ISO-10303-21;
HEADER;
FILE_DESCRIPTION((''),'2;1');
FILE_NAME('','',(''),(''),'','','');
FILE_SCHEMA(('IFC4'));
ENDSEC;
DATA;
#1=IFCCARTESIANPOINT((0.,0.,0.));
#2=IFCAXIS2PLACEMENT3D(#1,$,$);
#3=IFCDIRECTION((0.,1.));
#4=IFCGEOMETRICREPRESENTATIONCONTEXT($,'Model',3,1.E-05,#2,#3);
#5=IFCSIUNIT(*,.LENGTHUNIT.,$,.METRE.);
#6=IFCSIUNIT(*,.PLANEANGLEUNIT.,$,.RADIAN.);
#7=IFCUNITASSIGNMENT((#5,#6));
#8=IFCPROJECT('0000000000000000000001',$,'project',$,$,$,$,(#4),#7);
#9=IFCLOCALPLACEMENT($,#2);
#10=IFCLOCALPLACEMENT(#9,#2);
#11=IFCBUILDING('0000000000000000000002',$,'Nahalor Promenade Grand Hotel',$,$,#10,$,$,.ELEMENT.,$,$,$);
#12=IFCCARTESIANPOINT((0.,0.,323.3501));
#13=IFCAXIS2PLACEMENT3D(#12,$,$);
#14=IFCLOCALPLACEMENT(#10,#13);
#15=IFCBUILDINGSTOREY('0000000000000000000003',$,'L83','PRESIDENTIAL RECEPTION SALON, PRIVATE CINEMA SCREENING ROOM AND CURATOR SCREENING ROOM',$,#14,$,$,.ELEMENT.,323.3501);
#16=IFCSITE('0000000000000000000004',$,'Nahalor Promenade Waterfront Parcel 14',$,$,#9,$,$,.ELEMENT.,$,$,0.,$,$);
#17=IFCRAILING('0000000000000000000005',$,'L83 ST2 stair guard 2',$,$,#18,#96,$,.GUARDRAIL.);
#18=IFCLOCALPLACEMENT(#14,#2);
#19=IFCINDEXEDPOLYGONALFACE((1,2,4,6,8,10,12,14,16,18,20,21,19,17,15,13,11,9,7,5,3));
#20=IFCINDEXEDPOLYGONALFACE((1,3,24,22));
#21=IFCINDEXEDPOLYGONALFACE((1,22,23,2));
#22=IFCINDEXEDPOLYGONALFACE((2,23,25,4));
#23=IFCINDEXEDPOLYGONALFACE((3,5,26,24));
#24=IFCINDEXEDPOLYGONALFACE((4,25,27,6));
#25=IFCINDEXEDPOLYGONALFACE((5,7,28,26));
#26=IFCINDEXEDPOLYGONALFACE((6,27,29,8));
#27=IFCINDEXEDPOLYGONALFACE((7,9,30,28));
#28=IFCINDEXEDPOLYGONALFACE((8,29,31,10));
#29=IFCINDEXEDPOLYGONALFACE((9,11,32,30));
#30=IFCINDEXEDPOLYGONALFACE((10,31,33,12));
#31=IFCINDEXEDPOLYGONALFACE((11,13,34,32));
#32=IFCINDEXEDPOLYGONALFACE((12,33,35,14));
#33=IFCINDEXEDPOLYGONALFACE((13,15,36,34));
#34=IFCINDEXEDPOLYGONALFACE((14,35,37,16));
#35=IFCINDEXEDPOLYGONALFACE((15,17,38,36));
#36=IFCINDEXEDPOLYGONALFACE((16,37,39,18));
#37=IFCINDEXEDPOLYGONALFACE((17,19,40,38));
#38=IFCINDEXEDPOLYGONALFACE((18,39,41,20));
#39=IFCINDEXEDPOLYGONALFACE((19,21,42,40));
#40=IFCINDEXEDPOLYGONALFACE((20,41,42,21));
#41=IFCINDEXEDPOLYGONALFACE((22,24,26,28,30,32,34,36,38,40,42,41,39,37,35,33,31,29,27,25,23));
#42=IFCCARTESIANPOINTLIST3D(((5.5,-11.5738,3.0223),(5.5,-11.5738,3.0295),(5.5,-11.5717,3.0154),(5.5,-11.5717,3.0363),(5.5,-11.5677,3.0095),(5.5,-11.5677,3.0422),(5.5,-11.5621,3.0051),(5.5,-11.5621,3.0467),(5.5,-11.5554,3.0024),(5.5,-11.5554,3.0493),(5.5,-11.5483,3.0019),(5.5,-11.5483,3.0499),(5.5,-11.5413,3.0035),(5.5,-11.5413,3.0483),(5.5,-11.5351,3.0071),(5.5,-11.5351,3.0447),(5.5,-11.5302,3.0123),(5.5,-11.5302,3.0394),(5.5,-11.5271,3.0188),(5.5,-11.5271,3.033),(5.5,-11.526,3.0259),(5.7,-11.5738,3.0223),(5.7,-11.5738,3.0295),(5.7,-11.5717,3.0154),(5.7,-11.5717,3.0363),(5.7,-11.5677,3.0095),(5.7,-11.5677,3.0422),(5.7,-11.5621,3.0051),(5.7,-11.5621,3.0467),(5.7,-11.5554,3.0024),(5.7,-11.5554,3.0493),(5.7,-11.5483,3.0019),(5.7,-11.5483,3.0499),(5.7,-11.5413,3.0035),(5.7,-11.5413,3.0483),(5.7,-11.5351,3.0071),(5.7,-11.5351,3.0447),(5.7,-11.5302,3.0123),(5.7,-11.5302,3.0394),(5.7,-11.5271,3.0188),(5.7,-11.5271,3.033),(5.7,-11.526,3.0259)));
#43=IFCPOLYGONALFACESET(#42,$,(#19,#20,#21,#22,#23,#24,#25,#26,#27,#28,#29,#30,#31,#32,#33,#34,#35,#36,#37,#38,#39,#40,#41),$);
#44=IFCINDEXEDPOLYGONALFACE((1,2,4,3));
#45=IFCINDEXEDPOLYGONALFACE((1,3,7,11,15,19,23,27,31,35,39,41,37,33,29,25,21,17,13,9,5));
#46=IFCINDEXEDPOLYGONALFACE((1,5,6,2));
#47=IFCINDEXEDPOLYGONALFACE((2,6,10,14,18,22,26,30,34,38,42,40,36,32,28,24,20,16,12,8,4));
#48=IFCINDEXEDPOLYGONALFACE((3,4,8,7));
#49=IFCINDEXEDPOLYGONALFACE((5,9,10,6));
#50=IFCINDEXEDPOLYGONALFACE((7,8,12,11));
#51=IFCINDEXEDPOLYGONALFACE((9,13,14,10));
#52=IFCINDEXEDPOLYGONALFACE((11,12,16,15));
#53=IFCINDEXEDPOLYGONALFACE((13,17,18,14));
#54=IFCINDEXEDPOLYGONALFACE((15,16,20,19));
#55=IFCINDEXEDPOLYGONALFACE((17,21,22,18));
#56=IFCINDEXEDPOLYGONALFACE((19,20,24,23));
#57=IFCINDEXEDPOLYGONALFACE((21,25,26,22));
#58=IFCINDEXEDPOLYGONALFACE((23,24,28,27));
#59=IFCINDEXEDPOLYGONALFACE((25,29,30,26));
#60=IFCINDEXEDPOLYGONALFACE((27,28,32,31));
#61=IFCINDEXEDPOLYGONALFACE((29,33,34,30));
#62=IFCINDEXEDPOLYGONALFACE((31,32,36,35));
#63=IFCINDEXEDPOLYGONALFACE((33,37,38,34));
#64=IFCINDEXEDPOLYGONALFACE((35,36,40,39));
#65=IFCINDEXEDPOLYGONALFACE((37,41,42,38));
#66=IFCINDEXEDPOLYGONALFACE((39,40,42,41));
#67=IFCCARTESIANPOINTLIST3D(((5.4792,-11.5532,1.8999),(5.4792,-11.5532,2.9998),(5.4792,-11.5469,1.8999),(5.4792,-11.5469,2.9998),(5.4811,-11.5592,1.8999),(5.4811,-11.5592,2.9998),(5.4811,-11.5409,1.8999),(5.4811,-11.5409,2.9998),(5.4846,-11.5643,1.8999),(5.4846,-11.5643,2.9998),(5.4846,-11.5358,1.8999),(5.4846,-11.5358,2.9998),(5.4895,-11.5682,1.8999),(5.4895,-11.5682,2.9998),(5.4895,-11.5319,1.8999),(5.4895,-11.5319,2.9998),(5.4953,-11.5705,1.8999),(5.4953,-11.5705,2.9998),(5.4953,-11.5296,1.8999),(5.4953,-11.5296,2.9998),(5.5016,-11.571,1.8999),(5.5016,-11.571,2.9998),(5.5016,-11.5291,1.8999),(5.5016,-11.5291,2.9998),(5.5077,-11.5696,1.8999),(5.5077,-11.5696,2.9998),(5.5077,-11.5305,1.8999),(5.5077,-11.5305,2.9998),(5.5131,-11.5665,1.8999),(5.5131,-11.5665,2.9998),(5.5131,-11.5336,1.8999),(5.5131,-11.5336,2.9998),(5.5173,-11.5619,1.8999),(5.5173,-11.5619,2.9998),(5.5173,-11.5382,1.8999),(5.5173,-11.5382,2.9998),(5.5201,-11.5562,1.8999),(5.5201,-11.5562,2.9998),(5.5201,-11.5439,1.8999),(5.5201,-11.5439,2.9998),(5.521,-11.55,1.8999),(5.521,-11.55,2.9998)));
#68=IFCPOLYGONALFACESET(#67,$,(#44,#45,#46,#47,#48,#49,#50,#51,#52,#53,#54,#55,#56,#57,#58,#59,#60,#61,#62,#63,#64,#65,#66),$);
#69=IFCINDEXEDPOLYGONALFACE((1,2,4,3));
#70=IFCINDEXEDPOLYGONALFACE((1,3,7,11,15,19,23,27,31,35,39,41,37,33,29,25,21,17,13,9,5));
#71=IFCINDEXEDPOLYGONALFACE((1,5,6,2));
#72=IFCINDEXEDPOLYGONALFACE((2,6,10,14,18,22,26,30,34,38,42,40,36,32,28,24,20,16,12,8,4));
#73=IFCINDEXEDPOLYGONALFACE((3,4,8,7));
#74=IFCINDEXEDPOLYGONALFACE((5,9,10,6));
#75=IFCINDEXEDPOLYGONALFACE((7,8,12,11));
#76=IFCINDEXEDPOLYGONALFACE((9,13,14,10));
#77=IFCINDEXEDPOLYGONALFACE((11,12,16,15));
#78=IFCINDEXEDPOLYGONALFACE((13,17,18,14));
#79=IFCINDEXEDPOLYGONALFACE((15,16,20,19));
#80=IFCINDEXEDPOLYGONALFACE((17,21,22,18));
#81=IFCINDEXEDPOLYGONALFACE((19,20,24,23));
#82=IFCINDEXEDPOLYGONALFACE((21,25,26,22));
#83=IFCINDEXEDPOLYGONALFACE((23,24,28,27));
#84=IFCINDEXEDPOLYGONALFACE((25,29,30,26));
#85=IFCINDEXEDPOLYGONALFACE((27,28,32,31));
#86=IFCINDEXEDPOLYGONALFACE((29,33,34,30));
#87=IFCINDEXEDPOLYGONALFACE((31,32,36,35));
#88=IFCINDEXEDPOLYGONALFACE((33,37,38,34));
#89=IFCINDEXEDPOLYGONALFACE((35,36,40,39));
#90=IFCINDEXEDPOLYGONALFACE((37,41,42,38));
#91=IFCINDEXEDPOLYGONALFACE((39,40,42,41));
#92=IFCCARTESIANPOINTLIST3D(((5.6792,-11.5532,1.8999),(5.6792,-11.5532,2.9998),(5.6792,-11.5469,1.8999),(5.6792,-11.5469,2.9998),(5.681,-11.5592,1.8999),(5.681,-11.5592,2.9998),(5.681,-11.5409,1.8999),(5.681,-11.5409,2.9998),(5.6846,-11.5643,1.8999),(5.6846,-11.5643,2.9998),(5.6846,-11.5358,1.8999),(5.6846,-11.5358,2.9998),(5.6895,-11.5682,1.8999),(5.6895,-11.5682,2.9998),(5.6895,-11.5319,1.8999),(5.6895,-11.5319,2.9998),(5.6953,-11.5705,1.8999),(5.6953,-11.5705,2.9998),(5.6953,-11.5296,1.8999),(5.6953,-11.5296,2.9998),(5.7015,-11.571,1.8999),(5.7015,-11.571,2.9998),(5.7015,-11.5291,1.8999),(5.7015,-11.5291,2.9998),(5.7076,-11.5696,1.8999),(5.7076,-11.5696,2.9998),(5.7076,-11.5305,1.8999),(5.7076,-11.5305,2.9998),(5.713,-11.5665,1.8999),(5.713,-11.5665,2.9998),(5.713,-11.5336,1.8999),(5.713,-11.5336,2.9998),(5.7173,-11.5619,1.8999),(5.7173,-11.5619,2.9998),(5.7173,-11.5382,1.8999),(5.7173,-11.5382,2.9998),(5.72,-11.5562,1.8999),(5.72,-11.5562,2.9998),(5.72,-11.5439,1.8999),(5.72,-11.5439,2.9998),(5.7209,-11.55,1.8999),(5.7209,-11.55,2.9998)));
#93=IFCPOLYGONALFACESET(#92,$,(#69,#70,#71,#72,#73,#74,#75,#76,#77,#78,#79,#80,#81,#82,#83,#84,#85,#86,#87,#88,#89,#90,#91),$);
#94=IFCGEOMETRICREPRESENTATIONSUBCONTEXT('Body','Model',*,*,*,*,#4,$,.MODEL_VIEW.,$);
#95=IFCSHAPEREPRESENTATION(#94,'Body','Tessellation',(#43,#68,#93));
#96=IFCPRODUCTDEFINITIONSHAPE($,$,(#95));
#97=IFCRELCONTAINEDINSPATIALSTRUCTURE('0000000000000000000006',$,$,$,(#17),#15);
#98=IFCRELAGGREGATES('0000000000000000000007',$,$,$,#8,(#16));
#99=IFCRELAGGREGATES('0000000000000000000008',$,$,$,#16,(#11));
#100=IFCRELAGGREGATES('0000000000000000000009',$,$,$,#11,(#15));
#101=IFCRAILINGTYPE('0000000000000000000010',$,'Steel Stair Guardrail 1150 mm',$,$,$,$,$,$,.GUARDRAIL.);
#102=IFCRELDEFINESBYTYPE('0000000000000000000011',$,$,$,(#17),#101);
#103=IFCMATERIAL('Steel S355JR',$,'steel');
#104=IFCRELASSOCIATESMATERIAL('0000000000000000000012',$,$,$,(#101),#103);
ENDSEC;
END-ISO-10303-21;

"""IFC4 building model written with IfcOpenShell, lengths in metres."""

from ifc_helpers import new_model, si_unit, direction, frame, origin, origin_2d, place, context, subcontext, project, spatial, circle, extrude, material, type_object, element, save


model = new_model("IFC4")

# Units and contexts
model_context = context("Model", 3, precision=1e-05, world=origin(), true_north=direction((0.0, 1.0)))
body_context = subcontext(model_context, "Body", "Model", "MODEL_VIEW")
ifc_project = project(units=[si_unit("LENGTHUNIT", "METRE"), si_unit("PLANEANGLEUNIT", "RADIAN")], contexts=[model_context])

# Site, building, storey
site_placement = place(None, origin())
site = spatial("IfcSite", under=ifc_project, at=site_placement, Name="Nahalor Promenade Waterfront Parcel 14", CompositionType="ELEMENT", RefElevation=0.0)
building_placement = place(site_placement, origin())
building = spatial("IfcBuilding", under=site, at=building_placement, Name="Nahalor Promenade Grand Hotel", CompositionType="ELEMENT")
storey_placement = place(building_placement, frame((0.0, 0.0, 323.3501)))
storey = spatial("IfcBuildingStorey", under=building, at=storey_placement, Name="L83", Description="PRESIDENTIAL RECEPTION SALON, PRIVATE CINEMA SCREENING ROOM AND CURATOR SCREENING ROOM", CompositionType="ELEMENT", Elevation=323.3501)

# Shared definitions
ifc_material_1 = material(Name="Steel S355JR", Category="steel")

# Railing
railing_type_1 = type_object("IfcRailingType", Name="Steel Stair Guardrail 1150 mm", PredefinedType="GUARDRAIL", material=ifc_material_1)
railing_1_placement = place(storey_placement, frame((5.5, -11.55, 1.8999)))
element("IfcRailing", 1, at=railing_1_placement, inside=storey, type_object=railing_type_1, Name="L83 ST2 stair guard 2", PredefinedType="GUARDRAIL", context=body_context, shape_type="SweptSolid", body=[
    extrude(circle(Radius=0.024, at=origin_2d()), frame((0.0, 0.0, 1.126), z_axis=(1.0, 0.0, 0.0), x_axis=(0.0, 1.0, 0.0)), (0.0, 0.0, 1.0), 0.2),
    extrude(circle(Radius=0.021, at=origin_2d()), origin(), (0.0, 0.0, 1.0), 1.0999),
    extrude(circle(Radius=0.021, at=origin_2d()), frame((0.2, 0.0, 0.0)), (0.0, 0.0, 1.0), 1.0999),
])

save(model, "model.ifc")
